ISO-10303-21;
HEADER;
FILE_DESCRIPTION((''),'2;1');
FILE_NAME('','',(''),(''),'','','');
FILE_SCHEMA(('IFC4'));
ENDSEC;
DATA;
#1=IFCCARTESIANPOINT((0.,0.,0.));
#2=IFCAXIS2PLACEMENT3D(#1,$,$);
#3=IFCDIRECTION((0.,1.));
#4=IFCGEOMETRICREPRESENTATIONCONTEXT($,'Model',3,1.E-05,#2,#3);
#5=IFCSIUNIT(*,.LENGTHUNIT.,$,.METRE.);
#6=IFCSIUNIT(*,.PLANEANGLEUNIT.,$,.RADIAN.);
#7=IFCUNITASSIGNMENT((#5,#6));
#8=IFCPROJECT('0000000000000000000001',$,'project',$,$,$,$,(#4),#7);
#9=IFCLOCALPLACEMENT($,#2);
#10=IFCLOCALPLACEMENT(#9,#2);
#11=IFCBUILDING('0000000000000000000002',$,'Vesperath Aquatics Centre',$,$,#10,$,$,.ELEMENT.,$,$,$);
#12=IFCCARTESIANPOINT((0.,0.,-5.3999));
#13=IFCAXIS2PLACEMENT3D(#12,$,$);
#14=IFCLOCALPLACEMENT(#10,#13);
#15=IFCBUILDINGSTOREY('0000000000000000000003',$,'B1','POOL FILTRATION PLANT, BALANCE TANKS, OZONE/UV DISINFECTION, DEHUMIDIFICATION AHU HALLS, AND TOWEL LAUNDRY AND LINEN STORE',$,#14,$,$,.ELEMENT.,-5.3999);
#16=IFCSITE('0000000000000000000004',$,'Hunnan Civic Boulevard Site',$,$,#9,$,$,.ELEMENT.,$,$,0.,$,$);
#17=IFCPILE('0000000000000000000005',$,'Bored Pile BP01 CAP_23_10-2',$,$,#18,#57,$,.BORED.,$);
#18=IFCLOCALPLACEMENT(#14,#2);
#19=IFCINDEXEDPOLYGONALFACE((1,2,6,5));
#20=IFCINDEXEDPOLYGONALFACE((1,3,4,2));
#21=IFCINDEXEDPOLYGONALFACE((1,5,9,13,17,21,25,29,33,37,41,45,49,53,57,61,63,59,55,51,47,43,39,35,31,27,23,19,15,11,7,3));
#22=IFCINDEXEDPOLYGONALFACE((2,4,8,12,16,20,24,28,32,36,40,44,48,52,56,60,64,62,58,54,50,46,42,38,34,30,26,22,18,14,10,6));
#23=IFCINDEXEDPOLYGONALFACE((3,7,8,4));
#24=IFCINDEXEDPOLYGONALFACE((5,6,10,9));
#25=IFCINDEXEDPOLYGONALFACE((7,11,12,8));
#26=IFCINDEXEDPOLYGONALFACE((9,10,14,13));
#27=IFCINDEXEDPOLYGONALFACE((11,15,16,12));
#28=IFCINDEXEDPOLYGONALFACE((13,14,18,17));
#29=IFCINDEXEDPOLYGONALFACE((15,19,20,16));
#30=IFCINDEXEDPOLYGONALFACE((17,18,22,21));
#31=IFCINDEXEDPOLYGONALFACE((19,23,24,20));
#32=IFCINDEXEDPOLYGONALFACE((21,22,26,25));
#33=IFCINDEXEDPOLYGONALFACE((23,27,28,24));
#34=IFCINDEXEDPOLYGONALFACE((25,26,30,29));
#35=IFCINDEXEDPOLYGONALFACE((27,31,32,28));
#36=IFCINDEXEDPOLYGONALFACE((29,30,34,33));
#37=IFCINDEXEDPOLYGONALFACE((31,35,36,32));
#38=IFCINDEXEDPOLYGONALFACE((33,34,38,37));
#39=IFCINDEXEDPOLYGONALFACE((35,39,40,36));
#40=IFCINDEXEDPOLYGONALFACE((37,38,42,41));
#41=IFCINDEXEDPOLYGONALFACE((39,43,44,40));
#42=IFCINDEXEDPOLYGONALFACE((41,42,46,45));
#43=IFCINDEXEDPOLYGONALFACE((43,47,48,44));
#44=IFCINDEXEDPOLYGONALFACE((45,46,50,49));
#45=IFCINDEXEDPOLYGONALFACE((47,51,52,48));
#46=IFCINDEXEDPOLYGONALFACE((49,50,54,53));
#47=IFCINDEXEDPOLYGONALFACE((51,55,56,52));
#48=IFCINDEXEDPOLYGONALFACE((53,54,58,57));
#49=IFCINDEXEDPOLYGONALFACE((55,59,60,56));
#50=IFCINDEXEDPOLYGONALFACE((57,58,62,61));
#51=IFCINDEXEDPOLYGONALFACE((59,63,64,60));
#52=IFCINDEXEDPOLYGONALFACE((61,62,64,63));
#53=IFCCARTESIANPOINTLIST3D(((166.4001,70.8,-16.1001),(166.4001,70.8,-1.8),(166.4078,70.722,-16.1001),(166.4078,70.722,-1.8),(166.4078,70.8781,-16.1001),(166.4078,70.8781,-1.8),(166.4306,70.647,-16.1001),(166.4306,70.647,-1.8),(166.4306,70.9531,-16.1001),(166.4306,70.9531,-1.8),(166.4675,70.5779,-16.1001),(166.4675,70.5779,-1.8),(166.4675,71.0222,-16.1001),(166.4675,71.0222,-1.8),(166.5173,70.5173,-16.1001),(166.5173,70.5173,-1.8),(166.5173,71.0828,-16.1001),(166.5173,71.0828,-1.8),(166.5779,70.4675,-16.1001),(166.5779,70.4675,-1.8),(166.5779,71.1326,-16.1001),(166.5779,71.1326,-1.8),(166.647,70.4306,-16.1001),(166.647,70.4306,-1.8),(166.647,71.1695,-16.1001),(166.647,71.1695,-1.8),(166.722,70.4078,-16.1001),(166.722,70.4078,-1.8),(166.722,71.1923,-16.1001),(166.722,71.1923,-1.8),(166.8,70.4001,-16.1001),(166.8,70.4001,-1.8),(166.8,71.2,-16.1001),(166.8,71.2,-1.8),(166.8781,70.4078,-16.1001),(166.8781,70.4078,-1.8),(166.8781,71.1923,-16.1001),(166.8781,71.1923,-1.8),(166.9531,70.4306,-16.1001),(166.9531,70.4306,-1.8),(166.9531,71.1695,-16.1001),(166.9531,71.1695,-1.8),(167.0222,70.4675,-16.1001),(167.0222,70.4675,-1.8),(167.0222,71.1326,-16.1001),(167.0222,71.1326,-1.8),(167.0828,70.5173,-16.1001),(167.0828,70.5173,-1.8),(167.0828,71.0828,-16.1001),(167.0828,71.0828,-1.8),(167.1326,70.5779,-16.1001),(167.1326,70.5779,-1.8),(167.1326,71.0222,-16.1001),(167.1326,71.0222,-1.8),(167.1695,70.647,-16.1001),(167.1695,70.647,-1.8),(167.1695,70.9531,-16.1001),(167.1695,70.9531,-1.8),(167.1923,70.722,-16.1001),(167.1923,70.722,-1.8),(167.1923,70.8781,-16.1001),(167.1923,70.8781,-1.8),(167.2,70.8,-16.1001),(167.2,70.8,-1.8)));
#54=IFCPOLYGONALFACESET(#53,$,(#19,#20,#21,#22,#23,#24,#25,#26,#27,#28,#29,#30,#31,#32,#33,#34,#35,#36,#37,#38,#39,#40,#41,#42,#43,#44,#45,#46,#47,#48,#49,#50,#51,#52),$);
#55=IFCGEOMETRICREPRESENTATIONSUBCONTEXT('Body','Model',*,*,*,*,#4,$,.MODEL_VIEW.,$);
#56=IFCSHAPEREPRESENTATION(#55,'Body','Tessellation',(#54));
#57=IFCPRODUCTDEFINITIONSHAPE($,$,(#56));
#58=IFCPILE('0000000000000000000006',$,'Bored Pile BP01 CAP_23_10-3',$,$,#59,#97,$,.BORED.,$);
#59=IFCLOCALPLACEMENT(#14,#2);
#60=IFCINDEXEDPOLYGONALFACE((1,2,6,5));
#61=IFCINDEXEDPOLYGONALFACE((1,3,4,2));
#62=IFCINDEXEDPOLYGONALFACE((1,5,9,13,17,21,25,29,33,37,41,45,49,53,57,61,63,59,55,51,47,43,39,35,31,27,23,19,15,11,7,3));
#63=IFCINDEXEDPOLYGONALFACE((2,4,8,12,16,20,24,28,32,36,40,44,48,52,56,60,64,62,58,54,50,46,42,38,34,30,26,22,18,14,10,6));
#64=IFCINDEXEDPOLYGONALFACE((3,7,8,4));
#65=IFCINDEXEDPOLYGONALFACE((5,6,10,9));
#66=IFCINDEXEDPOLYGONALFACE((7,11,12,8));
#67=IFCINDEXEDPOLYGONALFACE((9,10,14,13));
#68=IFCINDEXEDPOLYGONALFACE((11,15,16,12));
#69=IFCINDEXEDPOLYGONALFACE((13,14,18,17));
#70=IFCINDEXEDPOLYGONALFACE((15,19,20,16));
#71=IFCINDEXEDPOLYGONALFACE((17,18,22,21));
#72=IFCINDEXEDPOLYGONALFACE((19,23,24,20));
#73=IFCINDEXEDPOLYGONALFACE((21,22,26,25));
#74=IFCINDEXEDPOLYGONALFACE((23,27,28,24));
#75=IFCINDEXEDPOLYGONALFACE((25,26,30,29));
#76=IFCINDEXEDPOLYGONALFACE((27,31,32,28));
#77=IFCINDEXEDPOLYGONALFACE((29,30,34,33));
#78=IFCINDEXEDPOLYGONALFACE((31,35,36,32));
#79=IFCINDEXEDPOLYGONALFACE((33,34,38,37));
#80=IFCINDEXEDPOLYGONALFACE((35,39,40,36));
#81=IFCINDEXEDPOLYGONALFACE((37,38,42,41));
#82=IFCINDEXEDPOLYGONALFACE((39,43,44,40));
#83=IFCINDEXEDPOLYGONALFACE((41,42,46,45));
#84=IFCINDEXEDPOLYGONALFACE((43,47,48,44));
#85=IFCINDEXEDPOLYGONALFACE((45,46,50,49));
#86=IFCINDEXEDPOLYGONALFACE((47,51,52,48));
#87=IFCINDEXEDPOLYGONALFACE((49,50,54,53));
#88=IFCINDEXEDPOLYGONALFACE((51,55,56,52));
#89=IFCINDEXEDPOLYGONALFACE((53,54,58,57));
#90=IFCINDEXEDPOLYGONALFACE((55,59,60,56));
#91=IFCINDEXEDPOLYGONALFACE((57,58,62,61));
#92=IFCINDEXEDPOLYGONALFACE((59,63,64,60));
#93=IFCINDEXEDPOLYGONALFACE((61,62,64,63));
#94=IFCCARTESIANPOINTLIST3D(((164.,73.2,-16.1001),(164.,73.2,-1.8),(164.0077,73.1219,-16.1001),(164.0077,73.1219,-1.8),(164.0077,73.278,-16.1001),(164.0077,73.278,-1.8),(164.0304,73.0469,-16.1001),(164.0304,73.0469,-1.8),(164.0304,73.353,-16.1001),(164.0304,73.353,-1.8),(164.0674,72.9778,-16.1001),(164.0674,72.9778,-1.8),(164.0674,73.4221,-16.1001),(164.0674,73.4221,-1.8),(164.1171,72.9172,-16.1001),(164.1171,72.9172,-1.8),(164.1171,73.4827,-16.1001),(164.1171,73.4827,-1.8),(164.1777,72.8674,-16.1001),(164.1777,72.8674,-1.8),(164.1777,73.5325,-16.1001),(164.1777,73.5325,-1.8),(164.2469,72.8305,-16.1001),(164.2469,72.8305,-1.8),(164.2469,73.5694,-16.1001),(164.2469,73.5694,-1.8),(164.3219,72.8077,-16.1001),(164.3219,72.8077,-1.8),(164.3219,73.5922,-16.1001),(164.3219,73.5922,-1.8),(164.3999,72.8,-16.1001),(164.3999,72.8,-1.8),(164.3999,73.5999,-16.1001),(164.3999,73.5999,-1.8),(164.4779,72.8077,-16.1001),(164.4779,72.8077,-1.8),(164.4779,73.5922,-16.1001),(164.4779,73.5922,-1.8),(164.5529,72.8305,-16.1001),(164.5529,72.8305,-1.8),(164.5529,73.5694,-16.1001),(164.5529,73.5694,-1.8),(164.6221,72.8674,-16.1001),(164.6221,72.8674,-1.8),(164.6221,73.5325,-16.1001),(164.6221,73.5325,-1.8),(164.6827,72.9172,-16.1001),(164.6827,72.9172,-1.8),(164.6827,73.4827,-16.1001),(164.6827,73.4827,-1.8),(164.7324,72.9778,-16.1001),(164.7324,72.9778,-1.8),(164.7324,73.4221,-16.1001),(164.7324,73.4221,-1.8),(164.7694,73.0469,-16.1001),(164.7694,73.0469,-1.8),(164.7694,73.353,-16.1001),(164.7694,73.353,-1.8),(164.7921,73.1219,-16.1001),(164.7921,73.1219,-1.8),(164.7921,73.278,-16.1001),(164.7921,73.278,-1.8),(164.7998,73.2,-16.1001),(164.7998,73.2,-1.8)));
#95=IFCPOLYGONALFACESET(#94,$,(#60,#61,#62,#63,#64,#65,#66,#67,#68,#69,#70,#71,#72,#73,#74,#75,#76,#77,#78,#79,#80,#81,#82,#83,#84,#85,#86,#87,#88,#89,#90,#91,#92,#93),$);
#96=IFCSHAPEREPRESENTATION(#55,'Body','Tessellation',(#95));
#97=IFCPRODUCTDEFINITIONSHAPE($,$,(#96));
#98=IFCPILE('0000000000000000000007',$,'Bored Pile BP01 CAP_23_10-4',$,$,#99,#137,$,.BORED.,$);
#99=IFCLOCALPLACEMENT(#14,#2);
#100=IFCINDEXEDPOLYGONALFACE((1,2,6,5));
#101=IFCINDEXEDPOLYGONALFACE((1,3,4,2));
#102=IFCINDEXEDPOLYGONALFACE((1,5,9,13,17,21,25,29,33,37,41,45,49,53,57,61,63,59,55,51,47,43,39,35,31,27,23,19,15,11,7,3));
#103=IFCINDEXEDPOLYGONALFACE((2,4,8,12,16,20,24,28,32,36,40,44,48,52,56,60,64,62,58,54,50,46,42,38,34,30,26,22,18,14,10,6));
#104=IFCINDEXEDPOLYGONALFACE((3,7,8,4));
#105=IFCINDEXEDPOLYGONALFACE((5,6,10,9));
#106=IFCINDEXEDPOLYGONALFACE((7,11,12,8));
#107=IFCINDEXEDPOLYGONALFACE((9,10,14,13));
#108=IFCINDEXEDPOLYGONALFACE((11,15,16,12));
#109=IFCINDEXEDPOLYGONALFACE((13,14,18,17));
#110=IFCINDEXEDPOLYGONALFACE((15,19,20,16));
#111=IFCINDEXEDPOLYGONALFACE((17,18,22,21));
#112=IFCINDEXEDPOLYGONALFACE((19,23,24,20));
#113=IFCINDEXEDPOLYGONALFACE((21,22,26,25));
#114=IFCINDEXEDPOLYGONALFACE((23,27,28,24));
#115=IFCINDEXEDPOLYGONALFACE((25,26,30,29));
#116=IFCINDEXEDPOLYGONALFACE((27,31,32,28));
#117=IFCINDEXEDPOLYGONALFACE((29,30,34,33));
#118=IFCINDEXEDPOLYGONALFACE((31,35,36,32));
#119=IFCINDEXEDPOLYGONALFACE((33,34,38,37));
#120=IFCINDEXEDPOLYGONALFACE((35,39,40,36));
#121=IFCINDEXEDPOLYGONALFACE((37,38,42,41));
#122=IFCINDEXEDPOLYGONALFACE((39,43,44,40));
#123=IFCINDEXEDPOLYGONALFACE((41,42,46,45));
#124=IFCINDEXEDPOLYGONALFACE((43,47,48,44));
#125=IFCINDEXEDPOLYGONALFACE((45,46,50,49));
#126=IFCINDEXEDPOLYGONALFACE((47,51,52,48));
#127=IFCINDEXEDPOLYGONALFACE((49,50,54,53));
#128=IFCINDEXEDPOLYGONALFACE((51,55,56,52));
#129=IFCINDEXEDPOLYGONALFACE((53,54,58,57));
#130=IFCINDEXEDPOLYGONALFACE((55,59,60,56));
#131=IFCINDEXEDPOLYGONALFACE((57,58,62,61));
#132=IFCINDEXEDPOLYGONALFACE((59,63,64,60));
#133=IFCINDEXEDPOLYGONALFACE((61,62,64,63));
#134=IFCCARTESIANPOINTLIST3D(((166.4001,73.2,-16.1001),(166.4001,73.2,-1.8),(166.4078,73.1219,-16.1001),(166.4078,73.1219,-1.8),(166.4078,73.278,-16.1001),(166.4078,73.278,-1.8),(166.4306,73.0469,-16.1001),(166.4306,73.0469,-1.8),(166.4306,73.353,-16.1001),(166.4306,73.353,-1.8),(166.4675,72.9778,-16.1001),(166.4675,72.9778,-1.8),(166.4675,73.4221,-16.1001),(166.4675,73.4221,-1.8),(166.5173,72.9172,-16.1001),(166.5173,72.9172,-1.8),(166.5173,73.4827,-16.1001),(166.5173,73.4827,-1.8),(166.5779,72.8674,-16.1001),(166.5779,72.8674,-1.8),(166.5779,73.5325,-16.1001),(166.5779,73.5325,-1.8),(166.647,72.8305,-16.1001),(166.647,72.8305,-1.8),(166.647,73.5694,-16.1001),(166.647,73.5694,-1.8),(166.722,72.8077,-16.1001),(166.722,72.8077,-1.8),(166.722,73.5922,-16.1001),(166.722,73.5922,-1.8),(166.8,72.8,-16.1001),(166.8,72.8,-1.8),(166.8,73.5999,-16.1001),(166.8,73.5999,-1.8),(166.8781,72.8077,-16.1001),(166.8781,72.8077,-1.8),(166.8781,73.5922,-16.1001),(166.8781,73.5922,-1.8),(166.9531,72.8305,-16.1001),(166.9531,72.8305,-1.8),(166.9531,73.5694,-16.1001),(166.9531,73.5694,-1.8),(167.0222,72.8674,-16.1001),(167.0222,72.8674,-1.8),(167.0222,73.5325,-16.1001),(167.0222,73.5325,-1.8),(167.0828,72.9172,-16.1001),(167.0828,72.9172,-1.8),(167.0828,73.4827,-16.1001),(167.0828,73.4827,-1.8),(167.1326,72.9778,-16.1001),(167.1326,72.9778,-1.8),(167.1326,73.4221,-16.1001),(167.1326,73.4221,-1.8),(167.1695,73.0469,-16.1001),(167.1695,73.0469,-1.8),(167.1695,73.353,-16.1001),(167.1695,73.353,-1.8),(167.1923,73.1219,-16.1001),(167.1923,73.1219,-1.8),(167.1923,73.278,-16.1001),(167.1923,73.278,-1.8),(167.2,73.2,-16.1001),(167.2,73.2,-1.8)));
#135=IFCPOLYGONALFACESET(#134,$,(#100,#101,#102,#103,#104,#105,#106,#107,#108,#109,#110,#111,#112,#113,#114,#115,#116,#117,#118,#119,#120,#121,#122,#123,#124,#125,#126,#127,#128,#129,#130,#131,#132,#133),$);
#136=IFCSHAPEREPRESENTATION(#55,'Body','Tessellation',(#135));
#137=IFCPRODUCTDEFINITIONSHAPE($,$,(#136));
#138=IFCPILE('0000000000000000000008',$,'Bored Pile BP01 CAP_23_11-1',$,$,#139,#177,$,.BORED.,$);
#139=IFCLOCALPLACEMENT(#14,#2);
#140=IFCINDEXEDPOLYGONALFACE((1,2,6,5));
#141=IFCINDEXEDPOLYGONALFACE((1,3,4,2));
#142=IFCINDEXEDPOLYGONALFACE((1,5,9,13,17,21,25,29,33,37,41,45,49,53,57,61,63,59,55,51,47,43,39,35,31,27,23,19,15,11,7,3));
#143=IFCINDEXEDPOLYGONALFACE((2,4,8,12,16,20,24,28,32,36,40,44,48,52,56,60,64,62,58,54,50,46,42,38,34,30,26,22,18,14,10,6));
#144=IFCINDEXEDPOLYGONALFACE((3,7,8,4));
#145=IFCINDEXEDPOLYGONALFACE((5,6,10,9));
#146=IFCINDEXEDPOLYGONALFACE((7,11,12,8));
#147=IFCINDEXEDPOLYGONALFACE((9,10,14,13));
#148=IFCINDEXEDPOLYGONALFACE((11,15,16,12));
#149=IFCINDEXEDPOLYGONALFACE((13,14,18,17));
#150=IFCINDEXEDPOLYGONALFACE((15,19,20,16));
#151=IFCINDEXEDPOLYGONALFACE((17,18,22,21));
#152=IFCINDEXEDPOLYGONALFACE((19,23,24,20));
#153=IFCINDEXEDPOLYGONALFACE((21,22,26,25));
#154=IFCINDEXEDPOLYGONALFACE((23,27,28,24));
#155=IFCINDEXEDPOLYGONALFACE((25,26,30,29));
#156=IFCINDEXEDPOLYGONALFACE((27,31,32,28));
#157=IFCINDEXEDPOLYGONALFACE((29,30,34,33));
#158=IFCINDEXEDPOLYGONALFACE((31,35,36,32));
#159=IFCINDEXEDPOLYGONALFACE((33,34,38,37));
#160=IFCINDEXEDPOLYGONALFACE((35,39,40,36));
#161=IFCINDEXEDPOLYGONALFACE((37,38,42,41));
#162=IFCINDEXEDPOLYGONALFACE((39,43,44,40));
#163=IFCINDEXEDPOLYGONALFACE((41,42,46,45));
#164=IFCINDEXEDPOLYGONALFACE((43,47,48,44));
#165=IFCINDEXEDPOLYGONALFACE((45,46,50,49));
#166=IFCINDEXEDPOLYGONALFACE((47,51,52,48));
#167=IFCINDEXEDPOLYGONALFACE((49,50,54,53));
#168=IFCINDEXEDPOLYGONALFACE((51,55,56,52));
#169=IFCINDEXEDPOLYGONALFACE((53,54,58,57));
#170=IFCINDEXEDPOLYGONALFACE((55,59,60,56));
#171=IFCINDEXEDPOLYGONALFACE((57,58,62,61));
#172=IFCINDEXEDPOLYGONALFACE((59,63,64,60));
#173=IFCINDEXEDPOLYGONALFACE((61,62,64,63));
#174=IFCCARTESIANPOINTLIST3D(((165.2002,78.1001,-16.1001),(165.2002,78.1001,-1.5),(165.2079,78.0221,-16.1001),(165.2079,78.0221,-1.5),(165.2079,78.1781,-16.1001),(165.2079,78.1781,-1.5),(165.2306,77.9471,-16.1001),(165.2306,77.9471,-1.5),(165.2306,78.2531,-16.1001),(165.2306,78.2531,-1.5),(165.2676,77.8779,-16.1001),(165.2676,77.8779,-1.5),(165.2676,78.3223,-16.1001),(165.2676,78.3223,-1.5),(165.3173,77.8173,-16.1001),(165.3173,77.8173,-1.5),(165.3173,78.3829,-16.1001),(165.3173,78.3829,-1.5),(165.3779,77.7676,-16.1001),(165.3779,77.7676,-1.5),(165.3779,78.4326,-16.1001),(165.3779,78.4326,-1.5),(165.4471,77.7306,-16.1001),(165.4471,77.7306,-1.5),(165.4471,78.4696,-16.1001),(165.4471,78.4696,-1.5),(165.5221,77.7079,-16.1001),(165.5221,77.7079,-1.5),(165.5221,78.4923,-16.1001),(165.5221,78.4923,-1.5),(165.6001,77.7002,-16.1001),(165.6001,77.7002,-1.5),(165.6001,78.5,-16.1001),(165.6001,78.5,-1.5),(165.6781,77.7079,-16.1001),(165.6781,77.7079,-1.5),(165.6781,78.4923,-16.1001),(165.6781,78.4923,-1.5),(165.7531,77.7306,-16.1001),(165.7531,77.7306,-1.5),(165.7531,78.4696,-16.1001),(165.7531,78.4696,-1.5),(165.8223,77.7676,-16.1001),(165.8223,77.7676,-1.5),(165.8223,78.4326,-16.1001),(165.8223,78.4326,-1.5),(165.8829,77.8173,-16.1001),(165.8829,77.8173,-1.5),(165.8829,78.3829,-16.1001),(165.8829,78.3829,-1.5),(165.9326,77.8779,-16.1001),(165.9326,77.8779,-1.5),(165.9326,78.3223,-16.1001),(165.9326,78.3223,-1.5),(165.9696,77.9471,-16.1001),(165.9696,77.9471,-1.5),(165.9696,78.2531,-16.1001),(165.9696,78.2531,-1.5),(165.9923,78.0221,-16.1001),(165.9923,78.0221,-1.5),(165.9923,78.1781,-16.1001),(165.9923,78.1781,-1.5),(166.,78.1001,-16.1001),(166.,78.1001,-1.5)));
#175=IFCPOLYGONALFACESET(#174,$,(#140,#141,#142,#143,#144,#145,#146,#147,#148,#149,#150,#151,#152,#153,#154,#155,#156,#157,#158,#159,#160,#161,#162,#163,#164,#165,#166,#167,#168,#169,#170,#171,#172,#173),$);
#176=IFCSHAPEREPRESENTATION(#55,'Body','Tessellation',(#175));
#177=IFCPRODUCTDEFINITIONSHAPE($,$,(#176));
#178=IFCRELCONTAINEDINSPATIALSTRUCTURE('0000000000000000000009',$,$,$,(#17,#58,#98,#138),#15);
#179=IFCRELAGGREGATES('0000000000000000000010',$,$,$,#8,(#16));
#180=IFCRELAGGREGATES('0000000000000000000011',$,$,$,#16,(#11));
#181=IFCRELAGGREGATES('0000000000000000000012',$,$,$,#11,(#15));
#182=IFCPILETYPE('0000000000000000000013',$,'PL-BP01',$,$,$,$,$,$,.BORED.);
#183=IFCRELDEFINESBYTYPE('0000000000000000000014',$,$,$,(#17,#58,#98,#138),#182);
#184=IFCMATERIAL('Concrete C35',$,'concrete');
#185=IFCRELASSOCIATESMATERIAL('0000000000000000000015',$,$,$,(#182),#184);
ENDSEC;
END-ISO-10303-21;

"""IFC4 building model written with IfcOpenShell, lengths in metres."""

from ifc_helpers import new_model, si_unit, direction, frame, origin, origin_2d, place, context, subcontext, project, spatial, circle, extrude, material, material_profile, profile_set, type_object, element, save


model = new_model("IFC4")

# Units and contexts
model_context = context("Model", 3, precision=1e-05, world=origin(), true_north=direction((0.0, 1.0)))
body_context = subcontext(model_context, "Body", "Model", "MODEL_VIEW")
ifc_project = project(units=[si_unit("LENGTHUNIT", "METRE"), si_unit("PLANEANGLEUNIT", "RADIAN")], contexts=[model_context])

# Site, building, storey
site_placement = place(None, origin())
site = spatial("IfcSite", under=ifc_project, at=site_placement, Name="Hunnan Civic Boulevard Site", CompositionType="ELEMENT", RefElevation=0.0)
building_placement = place(site_placement, origin())
building = spatial("IfcBuilding", under=site, at=building_placement, Name="Vesperath Aquatics Centre", CompositionType="ELEMENT")
storey_placement = place(building_placement, frame((0.0, 0.0, -5.3999)))
storey = spatial("IfcBuildingStorey", under=building, at=storey_placement, Name="B1", Description="POOL FILTRATION PLANT, BALANCE TANKS, OZONE/UV DISINFECTION, DEHUMIDIFICATION AHU HALLS, AND TOWEL LAUNDRY AND LINEN STORE", CompositionType="ELEMENT", Elevation=-5.3999)

# Piles
ifc_material_1 = material(Name="Concrete C35", Category="concrete")
ifc_material_profile_1 = material_profile(ifc_material_1, circle(Radius=0.3999, at=origin_2d()), Name="PILE D800")
ifc_profile_set_1 = profile_set([ifc_material_profile_1], Name="Concrete C35")
pile_type = type_object("IfcPileType", Name="PL-BP01", PredefinedType="BORED", material=ifc_profile_set_1)
for number, where, z_axis, x_axis, name in (
    (1, (166.8, 70.8, -1.8), (0.0, 0.0, -1.0), (1.0, 0.0, 0.0), "Bored Pile BP01 CAP_23_10-2"),
    (2, (164.3999, 73.2, -1.8), (0.0, 0.0, -1.0), (1.0, 0.0, 0.0), "Bored Pile BP01 CAP_23_10-3"),
    (3, (166.8, 73.2, -1.8), (0.0, 0.0, -1.0), (1.0, 0.0, 0.0), "Bored Pile BP01 CAP_23_10-4"),
):
    element("IfcPile", number, at=place(storey_placement, frame(where, z_axis=z_axis, x_axis=x_axis)), inside=storey, type_object=pile_type, Name=name, PredefinedType="BORED", context=body_context, shape_type="SweptSolid", body=[
        extrude(circle(Radius=0.3999, at=origin_2d()), origin(), (0.0, 0.0, 1.0), 14.3),
    ])
for number, where, z_axis, x_axis, name in (
    (4, (165.6001, 78.1001, -1.5), (0.0, 0.0, -1.0), (1.0, 0.0, 0.0), "Bored Pile BP01 CAP_23_11-1"),
):
    element("IfcPile", number, at=place(storey_placement, frame(where, z_axis=z_axis, x_axis=x_axis)), inside=storey, type_object=pile_type, Name=name, PredefinedType="BORED", context=body_context, shape_type="SweptSolid", body=[
        extrude(circle(Radius=0.3999, at=origin_2d()), origin(), (0.0, 0.0, 1.0), 14.6001),
    ])

save(model, "model.ifc")
